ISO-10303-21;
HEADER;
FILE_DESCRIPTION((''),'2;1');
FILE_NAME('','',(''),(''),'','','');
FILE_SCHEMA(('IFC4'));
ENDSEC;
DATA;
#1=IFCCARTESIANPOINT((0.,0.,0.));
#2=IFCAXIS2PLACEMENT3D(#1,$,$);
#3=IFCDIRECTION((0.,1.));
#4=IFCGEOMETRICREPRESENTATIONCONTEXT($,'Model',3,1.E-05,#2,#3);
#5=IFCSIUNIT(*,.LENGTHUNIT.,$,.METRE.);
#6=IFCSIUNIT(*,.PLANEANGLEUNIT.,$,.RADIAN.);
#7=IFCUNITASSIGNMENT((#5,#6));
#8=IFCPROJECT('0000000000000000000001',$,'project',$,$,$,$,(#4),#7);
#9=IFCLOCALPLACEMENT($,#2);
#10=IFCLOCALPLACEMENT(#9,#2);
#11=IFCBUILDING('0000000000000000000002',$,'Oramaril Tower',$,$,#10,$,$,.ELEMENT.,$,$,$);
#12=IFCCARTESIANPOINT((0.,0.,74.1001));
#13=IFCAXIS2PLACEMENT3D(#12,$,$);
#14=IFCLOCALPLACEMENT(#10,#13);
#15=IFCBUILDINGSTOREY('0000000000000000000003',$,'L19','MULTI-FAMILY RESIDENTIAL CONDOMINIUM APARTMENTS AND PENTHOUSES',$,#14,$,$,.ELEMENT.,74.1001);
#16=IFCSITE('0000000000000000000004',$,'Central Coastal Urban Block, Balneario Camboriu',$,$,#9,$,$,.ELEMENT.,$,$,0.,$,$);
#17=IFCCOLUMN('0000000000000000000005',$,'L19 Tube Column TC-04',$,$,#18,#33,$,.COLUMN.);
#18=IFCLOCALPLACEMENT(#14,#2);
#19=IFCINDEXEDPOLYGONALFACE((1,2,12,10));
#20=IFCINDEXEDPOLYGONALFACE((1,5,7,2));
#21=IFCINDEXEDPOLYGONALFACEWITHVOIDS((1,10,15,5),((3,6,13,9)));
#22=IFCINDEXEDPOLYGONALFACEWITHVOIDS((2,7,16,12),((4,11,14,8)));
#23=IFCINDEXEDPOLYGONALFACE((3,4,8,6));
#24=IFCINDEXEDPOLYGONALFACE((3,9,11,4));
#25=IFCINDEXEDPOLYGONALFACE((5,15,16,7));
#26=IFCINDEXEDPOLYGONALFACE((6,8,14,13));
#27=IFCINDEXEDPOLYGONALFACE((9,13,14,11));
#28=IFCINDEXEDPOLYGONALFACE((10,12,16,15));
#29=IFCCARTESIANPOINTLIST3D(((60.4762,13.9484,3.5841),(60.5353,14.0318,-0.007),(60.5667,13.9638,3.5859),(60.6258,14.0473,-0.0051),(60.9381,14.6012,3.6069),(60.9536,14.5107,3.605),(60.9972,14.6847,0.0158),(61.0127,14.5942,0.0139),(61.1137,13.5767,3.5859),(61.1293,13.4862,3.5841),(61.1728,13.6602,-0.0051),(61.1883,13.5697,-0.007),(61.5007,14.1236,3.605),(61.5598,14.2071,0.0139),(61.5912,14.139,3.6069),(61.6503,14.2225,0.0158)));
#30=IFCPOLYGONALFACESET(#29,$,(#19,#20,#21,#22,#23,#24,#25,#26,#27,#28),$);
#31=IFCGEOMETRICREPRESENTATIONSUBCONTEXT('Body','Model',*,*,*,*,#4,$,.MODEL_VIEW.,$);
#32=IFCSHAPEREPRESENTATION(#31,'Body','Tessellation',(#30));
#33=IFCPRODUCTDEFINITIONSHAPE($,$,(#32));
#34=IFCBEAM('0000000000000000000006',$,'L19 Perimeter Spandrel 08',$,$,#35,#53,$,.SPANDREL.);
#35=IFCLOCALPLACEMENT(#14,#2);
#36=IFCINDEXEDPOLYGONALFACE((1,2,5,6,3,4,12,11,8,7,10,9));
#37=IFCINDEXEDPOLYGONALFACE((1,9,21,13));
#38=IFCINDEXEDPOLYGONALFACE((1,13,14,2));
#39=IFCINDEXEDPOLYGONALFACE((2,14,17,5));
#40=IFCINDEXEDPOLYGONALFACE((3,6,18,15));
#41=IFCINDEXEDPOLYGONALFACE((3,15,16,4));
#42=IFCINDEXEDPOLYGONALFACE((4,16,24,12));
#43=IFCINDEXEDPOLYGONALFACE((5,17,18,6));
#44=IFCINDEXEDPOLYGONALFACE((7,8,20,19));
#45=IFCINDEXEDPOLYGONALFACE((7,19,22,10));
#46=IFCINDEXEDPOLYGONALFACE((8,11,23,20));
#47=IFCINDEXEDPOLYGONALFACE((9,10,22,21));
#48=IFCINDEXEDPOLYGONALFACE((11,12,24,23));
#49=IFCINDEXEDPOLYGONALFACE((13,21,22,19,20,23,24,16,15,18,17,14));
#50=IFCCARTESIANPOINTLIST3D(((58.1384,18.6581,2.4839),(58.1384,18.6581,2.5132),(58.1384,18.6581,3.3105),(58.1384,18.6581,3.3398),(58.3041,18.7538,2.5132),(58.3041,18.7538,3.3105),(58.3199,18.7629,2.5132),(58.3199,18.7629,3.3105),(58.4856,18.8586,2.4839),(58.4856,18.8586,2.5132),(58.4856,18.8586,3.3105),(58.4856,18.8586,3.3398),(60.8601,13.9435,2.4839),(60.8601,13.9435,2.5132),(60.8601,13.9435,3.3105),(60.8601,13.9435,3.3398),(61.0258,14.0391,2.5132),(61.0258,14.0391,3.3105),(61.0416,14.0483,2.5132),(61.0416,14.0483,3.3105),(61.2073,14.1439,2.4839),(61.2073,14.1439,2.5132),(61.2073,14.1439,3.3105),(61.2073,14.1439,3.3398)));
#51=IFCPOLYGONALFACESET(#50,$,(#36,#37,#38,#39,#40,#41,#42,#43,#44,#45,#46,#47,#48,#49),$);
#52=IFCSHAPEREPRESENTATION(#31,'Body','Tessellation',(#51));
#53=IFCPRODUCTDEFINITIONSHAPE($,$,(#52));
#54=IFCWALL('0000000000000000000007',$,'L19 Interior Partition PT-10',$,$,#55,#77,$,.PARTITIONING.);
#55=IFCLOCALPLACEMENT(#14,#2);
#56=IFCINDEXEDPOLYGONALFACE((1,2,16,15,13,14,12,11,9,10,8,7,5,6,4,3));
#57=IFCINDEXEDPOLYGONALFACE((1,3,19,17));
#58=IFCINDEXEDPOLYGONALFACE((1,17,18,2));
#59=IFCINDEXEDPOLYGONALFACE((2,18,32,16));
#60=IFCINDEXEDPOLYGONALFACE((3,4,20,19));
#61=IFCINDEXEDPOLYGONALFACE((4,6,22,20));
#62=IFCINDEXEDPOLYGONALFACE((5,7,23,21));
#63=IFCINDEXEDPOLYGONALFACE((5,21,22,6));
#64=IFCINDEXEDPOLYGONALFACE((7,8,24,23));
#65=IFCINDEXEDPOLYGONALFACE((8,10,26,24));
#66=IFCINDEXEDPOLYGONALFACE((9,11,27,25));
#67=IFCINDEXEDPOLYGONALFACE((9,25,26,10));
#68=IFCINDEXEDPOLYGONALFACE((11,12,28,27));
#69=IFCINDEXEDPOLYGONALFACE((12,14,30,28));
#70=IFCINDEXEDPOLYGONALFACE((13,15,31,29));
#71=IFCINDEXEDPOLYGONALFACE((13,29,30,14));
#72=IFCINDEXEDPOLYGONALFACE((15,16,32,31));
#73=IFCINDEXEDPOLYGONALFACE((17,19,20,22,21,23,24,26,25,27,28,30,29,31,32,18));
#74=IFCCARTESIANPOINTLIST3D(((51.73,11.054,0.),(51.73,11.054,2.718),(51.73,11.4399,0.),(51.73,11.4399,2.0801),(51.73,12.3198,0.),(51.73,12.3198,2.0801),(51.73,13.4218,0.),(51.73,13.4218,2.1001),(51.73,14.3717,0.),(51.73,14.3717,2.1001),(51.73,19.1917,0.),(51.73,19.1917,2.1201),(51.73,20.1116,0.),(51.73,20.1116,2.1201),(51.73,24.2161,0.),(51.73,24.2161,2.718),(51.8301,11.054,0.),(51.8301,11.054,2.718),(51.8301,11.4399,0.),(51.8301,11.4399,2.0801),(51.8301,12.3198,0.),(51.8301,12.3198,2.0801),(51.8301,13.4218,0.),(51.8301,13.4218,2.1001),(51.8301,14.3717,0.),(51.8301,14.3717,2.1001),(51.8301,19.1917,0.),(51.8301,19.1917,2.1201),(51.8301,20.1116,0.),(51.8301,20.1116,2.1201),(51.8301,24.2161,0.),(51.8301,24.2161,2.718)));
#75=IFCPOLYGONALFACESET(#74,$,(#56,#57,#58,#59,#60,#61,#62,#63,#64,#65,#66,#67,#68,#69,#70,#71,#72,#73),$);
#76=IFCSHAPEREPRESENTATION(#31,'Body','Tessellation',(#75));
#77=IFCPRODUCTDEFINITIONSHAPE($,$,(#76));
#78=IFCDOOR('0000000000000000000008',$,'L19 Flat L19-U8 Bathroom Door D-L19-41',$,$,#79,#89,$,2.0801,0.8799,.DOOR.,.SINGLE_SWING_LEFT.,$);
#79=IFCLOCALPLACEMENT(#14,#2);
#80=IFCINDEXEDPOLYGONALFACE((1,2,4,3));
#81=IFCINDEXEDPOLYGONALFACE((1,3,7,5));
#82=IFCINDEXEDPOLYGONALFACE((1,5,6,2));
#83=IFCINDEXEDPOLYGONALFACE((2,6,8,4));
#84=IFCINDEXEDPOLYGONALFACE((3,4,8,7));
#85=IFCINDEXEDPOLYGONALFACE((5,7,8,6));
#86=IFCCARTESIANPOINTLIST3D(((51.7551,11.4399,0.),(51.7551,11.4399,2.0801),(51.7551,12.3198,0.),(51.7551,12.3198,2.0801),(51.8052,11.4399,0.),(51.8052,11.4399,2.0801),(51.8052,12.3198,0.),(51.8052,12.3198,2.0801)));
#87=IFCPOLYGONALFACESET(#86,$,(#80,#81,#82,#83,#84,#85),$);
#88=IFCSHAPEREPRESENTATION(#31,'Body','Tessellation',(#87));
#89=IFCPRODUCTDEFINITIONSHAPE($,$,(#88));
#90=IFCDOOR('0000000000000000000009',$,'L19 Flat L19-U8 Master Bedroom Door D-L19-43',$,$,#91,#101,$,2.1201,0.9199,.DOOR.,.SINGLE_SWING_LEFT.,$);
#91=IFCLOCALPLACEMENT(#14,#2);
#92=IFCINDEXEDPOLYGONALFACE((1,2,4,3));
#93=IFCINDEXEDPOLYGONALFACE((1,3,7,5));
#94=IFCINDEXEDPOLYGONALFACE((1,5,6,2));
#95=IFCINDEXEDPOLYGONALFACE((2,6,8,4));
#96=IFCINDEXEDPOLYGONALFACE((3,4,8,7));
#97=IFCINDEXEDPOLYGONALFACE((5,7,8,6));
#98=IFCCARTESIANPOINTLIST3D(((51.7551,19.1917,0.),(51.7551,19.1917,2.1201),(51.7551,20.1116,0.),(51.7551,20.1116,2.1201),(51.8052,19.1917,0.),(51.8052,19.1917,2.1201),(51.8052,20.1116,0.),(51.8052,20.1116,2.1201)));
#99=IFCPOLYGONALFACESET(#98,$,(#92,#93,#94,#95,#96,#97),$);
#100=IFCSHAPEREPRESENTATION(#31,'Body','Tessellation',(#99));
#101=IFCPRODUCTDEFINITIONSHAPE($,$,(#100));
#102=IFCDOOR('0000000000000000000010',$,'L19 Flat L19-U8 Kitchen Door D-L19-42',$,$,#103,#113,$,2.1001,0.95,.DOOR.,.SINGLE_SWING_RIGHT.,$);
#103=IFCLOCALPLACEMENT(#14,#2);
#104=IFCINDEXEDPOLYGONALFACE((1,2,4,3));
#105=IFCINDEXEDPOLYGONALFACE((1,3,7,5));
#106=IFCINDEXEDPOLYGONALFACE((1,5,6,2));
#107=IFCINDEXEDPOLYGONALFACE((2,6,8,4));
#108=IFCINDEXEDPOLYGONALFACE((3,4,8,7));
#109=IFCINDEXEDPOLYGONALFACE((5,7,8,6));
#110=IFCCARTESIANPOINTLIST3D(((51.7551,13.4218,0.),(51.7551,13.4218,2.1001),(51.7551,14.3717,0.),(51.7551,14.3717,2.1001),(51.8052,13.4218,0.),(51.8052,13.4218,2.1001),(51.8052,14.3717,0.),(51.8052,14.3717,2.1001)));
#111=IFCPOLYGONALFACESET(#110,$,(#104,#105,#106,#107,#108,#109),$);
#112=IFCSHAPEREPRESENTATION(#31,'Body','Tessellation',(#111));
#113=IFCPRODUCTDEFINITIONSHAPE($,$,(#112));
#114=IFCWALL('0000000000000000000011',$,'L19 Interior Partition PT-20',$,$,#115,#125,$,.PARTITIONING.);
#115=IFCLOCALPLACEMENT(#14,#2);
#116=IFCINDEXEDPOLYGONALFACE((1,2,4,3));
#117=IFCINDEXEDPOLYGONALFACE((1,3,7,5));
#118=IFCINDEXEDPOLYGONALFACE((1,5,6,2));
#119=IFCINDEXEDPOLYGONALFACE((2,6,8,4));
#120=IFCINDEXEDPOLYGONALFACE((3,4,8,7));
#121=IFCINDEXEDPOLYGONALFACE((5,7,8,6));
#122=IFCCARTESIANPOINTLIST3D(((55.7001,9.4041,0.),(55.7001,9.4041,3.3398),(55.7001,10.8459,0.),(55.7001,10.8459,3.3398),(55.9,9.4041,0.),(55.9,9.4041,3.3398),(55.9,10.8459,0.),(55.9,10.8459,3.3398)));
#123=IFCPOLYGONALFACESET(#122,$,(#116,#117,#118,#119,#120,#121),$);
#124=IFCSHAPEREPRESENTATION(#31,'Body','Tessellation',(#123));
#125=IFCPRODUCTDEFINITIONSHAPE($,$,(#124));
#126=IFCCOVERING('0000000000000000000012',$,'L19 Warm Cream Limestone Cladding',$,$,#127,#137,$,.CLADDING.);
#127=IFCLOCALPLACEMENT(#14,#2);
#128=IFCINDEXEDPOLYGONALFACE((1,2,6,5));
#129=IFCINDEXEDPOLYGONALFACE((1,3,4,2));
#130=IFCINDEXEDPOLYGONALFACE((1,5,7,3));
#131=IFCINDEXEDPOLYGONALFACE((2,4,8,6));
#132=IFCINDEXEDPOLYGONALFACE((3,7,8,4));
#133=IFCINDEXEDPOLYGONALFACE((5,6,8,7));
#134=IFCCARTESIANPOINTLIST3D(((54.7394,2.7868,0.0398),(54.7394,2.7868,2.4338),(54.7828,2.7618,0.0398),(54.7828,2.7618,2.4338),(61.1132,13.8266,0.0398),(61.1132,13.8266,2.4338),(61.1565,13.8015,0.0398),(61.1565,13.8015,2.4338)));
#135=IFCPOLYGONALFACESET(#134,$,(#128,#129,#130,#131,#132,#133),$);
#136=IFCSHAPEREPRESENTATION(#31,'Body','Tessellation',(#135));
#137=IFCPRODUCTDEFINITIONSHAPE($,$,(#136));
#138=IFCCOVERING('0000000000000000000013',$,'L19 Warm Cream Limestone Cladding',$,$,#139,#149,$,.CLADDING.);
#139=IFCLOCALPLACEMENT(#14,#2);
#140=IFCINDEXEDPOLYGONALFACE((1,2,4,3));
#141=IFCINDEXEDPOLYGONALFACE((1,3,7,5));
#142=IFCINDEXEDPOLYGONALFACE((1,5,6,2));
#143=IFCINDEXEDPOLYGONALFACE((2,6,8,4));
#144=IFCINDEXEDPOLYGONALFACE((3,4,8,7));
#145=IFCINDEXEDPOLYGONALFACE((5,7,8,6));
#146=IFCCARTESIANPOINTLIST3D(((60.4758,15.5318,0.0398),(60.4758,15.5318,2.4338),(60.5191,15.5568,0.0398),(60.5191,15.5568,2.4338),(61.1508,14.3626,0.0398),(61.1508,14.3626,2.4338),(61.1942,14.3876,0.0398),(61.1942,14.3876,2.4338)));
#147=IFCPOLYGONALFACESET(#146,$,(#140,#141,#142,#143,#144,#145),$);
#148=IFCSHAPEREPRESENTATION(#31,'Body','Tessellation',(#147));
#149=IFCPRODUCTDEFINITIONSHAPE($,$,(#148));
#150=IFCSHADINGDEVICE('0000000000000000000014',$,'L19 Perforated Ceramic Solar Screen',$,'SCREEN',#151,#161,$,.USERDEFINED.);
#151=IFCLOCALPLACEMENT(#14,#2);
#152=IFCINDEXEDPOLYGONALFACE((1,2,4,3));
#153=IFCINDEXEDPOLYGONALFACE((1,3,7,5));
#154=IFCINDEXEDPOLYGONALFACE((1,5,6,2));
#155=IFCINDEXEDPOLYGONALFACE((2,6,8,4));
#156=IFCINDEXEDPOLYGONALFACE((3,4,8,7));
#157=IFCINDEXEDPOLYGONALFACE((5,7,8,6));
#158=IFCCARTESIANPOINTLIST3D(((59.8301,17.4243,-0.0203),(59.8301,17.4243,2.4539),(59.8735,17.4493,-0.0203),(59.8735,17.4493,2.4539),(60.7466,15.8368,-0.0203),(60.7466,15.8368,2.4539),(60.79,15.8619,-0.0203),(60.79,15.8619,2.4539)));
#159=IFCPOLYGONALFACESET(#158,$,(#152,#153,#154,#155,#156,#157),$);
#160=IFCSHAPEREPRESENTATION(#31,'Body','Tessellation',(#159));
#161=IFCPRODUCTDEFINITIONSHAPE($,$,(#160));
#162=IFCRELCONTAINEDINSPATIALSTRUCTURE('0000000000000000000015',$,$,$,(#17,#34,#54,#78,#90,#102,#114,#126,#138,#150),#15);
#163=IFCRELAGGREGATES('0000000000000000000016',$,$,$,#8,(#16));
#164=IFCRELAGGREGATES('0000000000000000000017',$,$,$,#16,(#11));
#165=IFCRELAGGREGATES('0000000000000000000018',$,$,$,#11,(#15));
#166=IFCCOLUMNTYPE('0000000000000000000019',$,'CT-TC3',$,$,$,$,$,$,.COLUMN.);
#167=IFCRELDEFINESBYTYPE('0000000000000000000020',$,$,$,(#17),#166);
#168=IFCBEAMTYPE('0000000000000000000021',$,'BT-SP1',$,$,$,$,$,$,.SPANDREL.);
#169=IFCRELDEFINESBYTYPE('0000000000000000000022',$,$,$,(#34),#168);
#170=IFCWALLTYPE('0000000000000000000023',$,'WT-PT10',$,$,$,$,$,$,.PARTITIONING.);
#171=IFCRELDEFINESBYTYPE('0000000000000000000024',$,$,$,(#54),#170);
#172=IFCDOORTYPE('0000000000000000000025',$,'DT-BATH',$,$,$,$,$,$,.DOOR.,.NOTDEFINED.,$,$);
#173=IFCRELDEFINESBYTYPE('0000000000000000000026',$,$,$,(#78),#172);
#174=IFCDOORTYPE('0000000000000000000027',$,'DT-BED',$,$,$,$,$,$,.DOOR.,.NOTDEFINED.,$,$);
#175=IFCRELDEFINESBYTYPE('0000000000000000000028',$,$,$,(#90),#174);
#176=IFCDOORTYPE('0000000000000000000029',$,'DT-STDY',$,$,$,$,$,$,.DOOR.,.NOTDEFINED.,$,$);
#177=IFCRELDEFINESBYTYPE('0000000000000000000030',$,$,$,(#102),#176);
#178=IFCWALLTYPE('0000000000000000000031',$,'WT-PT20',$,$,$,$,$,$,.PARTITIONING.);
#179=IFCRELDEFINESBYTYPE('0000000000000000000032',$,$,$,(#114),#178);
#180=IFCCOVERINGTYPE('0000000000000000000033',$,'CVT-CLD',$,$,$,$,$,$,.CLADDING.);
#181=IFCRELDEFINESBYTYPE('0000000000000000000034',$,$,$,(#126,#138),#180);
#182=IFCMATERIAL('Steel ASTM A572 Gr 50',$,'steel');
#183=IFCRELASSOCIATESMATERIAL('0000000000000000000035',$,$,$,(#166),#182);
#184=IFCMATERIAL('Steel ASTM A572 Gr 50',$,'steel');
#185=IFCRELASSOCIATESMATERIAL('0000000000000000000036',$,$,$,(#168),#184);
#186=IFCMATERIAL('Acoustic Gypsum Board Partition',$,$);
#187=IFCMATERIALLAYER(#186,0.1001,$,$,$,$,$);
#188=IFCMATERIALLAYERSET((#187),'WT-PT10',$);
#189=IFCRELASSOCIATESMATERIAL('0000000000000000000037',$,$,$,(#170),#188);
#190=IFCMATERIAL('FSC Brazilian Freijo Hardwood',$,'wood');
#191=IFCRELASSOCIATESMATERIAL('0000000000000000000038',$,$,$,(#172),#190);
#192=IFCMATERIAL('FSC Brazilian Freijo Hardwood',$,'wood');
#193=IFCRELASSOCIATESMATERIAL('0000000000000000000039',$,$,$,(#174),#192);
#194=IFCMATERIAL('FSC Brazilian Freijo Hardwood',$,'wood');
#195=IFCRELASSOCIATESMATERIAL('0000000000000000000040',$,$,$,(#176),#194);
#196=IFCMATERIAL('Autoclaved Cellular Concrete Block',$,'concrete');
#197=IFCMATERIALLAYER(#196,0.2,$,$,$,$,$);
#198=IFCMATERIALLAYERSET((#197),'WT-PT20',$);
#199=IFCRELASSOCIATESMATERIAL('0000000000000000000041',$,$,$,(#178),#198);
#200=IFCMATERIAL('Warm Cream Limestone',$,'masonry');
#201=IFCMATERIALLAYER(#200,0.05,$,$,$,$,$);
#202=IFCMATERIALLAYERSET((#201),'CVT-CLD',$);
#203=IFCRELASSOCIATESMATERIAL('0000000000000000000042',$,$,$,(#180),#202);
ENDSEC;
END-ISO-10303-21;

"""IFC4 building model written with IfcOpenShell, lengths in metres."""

from ifc_helpers import new_model, si_unit, direction, frame, frame_2d, origin, origin_2d, place, context, subcontext, project, spatial, rectangle, hollow_rectangle, i_section, extrude, material, layer, layer_set, material_profile, profile_set, type_object, element, fill, save


model = new_model("IFC4")

# Units and contexts
model_context = context("Model", 3, precision=1e-05, world=origin(), true_north=direction((0.0, 1.0)))
body_context = subcontext(model_context, "Body", "Model", "MODEL_VIEW")
ifc_project = project(units=[si_unit("LENGTHUNIT", "METRE"), si_unit("PLANEANGLEUNIT", "RADIAN")], contexts=[model_context])

# Site, building, storey
site_placement = place(None, origin())
site = spatial("IfcSite", under=ifc_project, at=site_placement, Name="Central Coastal Urban Block, Balneario Camboriu", CompositionType="ELEMENT", RefElevation=0.0)
building_placement = place(site_placement, origin())
building = spatial("IfcBuilding", under=site, at=building_placement, Name="Oramaril Tower", CompositionType="ELEMENT")
storey_placement = place(building_placement, frame((0.0, 0.0, 74.1001)))
storey = spatial("IfcBuildingStorey", under=building, at=storey_placement, Name="L19", Description="MULTI-FAMILY RESIDENTIAL CONDOMINIUM APARTMENTS AND PENTHOUSES", CompositionType="ELEMENT", Elevation=74.1001)

# Column
ifc_material_1 = material(Name="Steel ASTM A572 Gr 50", Category="steel")
ifc_material_profile_1 = material_profile(ifc_material_1, hollow_rectangle(XDim=0.8, YDim=0.8, WallThickness=0.0649, at=origin_2d()), Name="BOX800X800X65")
ifc_profile_set_1 = profile_set([ifc_material_profile_1], Name="Steel ASTM A572 Gr 50")
column_type = type_object("IfcColumnType", Name="CT-TC3", PredefinedType="COLUMN", material=ifc_profile_set_1)
column_placement = place(storey_placement, frame((61.0928, 14.1272, 0.0044), z_axis=(-0.016446, -0.023242, 0.999595), x_axis=(0.816306, -0.57762, 0.0)))
element("IfcColumn", 1, at=column_placement, inside=storey, type_object=column_type, Name="L19 Tube Column TC-04", PredefinedType="COLUMN", context=body_context, shape_type="SweptSolid", body=[
    extrude(hollow_rectangle(XDim=0.8, YDim=0.8, WallThickness=0.0649, at=origin_2d()), origin(), (0.0, 0.0, 1.0), 3.5925),
])

# Beam
ifc_material_2 = material(Name="Steel ASTM A572 Gr 50", Category="steel")
ifc_material_profile_2 = material_profile(ifc_material_2, i_section(OverallWidth=0.4009, OverallDepth=0.856, WebThickness=0.0183, FlangeThickness=0.0293, at=origin_2d()), Name="W33X201")
ifc_profile_set_2 = profile_set([ifc_material_profile_2], Name="Steel ASTM A572 Gr 50")
beam_type = type_object("IfcBeamType", Name="BT-SP1", PredefinedType="SPANDREL", material=ifc_profile_set_2)
beam_placement = place(storey_placement, frame((61.0337, 14.0437, 2.9119), z_axis=(-0.499959, 0.866049, 0.0), x_axis=(-0.866049, -0.499959, 0.0)))
element("IfcBeam", 2, at=beam_placement, inside=storey, type_object=beam_type, Name="L19 Perimeter Spandrel 08", PredefinedType="SPANDREL", context=body_context, shape_type="SweptSolid", body=[
    extrude(i_section(OverallWidth=0.4009, OverallDepth=0.856, WebThickness=0.0183, FlangeThickness=0.0293, at=origin_2d()), origin(), (0.0, 0.0, 1.0), 5.4438),
])

# Wall, openings, doors
ifc_material_3 = material(Name="Acoustic Gypsum Board Partition")
ifc_layer_1 = layer(ifc_material_3, 0.1001)
ifc_layer_set_1 = layer_set([ifc_layer_1], Name="WT-PT10")
wall_type_1 = type_object("IfcWallType", Name="WT-PT10", PredefinedType="PARTITIONING", material=ifc_layer_set_1)
wall_1_placement = place(storey_placement, frame((51.78, 11.054, 0.0), z_axis=(0.0, 0.0, 1.0), x_axis=(0.0, 1.0, 0.0)))
wall_1 = element("IfcWall", 3, at=wall_1_placement, inside=storey, type_object=wall_type_1, Name="L19 Interior Partition PT-10", PredefinedType="PARTITIONING", context=body_context, shape_type="SweptSolid", body=[
    extrude(rectangle(XDim=13.1621, YDim=0.1001, at=frame_2d((6.5811, 0.0))), origin(), (0.0, 0.0, 1.0), 2.718),
])
opening_1_placement = place(wall_1_placement, frame((0.386, 0.0, 0.0)))
opening_1 = element("IfcOpeningElement", 4, at=opening_1_placement, cuts=wall_1, PredefinedType="OPENING", context=body_context, shape_type="SweptSolid", body=[
    extrude(rectangle(XDim=0.8799, YDim=2.0801, at=frame_2d((0.4399, 1.04))), frame((0.0, 0.05, 0.0), z_axis=(0.0, -1.0, 0.0), x_axis=(1.0, 0.0, 0.0)), (0.0, 0.0, 1.0), 0.1001),
])
opening_2_placement = place(wall_1_placement, frame((2.3677, 0.0, 0.0)))
opening_2 = element("IfcOpeningElement", 5, at=opening_2_placement, cuts=wall_1, PredefinedType="OPENING", context=body_context, shape_type="SweptSolid", body=[
    extrude(rectangle(XDim=0.95, YDim=2.1001, at=frame_2d((0.4751, 1.05))), frame((0.0, 0.05, 0.0), z_axis=(0.0, -1.0, 0.0), x_axis=(1.0, 0.0, 0.0)), (0.0, 0.0, 1.0), 0.1001),
])
opening_3_placement = place(wall_1_placement, frame((8.1377, 0.0, 0.0)))
opening_3 = element("IfcOpeningElement", 6, at=opening_3_placement, cuts=wall_1, PredefinedType="OPENING", context=body_context, shape_type="SweptSolid", body=[
    extrude(rectangle(XDim=0.9199, YDim=2.1201, at=frame_2d((0.46, 1.0601))), frame((0.0, 0.05, 0.0), z_axis=(0.0, -1.0, 0.0), x_axis=(1.0, 0.0, 0.0)), (0.0, 0.0, 1.0), 0.1001),
])
ifc_material_4 = material(Name="FSC Brazilian Freijo Hardwood", Category="wood")
door_type_1 = type_object("IfcDoorType", Name="DT-BATH", OperationType="NOTDEFINED", PredefinedType="DOOR", material=ifc_material_4)
door_1_placement = place(opening_1_placement, origin())
door_1 = element("IfcDoor", 7, at=door_1_placement, inside=storey, type_object=door_type_1, Name="L19 Flat L19-U8 Bathroom Door D-L19-41", OperationType="SINGLE_SWING_LEFT", OverallHeight=2.0801, OverallWidth=0.8799, PredefinedType="DOOR", context=body_context, shape_type="SweptSolid", body=[
    extrude(rectangle(XDim=0.8799, YDim=2.0801, at=frame_2d((0.4399, 1.04))), frame((0.0, 0.0249, 0.0), z_axis=(0.0, -1.0, 0.0), x_axis=(1.0, 0.0, 0.0)), (0.0, 0.0, 1.0), 0.05),
])
fill(opening_1, door_1)
ifc_material_5 = material(Name="FSC Brazilian Freijo Hardwood", Category="wood")
door_type_2 = type_object("IfcDoorType", Name="DT-BED", OperationType="NOTDEFINED", PredefinedType="DOOR", material=ifc_material_5)
door_2_placement = place(opening_3_placement, origin())
door_2 = element("IfcDoor", 8, at=door_2_placement, inside=storey, type_object=door_type_2, Name="L19 Flat L19-U8 Master Bedroom Door D-L19-43", OperationType="SINGLE_SWING_LEFT", OverallHeight=2.1201, OverallWidth=0.9199, PredefinedType="DOOR", context=body_context, shape_type="SweptSolid", body=[
    extrude(rectangle(XDim=0.9199, YDim=2.1201, at=frame_2d((0.46, 1.0601))), frame((0.0, 0.0249, 0.0), z_axis=(0.0, -1.0, 0.0), x_axis=(1.0, 0.0, 0.0)), (0.0, 0.0, 1.0), 0.05),
])
fill(opening_3, door_2)
ifc_material_6 = material(Name="FSC Brazilian Freijo Hardwood", Category="wood")
door_type_3 = type_object("IfcDoorType", Name="DT-STDY", OperationType="NOTDEFINED", PredefinedType="DOOR", material=ifc_material_6)
door_3_placement = place(opening_2_placement, origin())
door_3 = element("IfcDoor", 9, at=door_3_placement, inside=storey, type_object=door_type_3, Name="L19 Flat L19-U8 Kitchen Door D-L19-42", OperationType="SINGLE_SWING_RIGHT", OverallHeight=2.1001, OverallWidth=0.95, PredefinedType="DOOR", context=body_context, shape_type="SweptSolid", body=[
    extrude(rectangle(XDim=0.95, YDim=2.1001, at=frame_2d((0.4751, 1.05))), frame((0.0, 0.0249, 0.0), z_axis=(0.0, -1.0, 0.0), x_axis=(1.0, 0.0, 0.0)), (0.0, 0.0, 1.0), 0.05),
])
fill(opening_2, door_3)

# Wall
ifc_material_7 = material(Name="Autoclaved Cellular Concrete Block", Category="concrete")
ifc_layer_2 = layer(ifc_material_7, 0.2)
ifc_layer_set_2 = layer_set([ifc_layer_2], Name="WT-PT20")
wall_type_2 = type_object("IfcWallType", Name="WT-PT20", PredefinedType="PARTITIONING", material=ifc_layer_set_2)
wall_2_placement = place(storey_placement, frame((55.8, 9.4041, 0.0), z_axis=(0.0, 0.0, 1.0), x_axis=(0.0, 1.0, 0.0)))
element("IfcWall", 10, at=wall_2_placement, inside=storey, type_object=wall_type_2, Name="L19 Interior Partition PT-20", PredefinedType="PARTITIONING", context=body_context, shape_type="SweptSolid", body=[
    extrude(rectangle(XDim=1.4419, YDim=0.2, at=frame_2d((0.7209, 0.0))), origin(), (0.0, 0.0, 1.0), 3.3398),
])

# Coverings
ifc_material_8 = material(Name="Warm Cream Limestone", Category="masonry")
ifc_layer_3 = layer(ifc_material_8, 0.05)
ifc_layer_set_3 = layer_set([ifc_layer_3], Name="CVT-CLD")
covering_type = type_object("IfcCoveringType", Name="CVT-CLD", PredefinedType="CLADDING", material=ifc_layer_set_3)
covering_1_placement = place(storey_placement, frame((57.948, 8.2942, 0.0398), z_axis=(0.0, 0.0, 1.0), x_axis=(0.499998, 0.866026, 0.0)))
element("IfcCovering", 11, at=covering_1_placement, inside=storey, type_object=covering_type, Name="L19 Warm Cream Limestone Cladding", PredefinedType="CLADDING", context=body_context, shape_type="SweptSolid", body=[
    extrude(rectangle(XDim=12.7476, YDim=0.05, at=origin_2d()), origin(), (0.0, 0.0, 1.0), 2.394),
])
covering_2_placement = place(storey_placement, frame((60.835, 14.9597, 0.0398), z_axis=(0.0, 0.0, 1.0), x_axis=(-0.5, 0.866025, 0.0)))
element("IfcCovering", 12, at=covering_2_placement, inside=storey, type_object=covering_type, Name="L19 Warm Cream Limestone Cladding", PredefinedType="CLADDING", context=body_context, shape_type="SweptSolid", body=[
    extrude(rectangle(XDim=1.3501, YDim=0.05, at=origin_2d()), origin(), (0.0, 0.0, 1.0), 2.394),
])

# Shading device
shading_device_placement = place(storey_placement, frame((60.3101, 16.6431, -0.0203), z_axis=(0.0, 0.0, 1.0), x_axis=(-0.5, 0.866025, 0.0)))
element("IfcShadingDevice", 13, at=shading_device_placement, inside=storey, Name="L19 Perforated Ceramic Solar Screen", ObjectType="SCREEN", PredefinedType="USERDEFINED", context=body_context, shape_type="SweptSolid", body=[
    extrude(rectangle(XDim=1.833, YDim=0.05, at=origin_2d()), origin(), (0.0, 0.0, 1.0), 2.4741),
])

save(model, "model.ifc")
